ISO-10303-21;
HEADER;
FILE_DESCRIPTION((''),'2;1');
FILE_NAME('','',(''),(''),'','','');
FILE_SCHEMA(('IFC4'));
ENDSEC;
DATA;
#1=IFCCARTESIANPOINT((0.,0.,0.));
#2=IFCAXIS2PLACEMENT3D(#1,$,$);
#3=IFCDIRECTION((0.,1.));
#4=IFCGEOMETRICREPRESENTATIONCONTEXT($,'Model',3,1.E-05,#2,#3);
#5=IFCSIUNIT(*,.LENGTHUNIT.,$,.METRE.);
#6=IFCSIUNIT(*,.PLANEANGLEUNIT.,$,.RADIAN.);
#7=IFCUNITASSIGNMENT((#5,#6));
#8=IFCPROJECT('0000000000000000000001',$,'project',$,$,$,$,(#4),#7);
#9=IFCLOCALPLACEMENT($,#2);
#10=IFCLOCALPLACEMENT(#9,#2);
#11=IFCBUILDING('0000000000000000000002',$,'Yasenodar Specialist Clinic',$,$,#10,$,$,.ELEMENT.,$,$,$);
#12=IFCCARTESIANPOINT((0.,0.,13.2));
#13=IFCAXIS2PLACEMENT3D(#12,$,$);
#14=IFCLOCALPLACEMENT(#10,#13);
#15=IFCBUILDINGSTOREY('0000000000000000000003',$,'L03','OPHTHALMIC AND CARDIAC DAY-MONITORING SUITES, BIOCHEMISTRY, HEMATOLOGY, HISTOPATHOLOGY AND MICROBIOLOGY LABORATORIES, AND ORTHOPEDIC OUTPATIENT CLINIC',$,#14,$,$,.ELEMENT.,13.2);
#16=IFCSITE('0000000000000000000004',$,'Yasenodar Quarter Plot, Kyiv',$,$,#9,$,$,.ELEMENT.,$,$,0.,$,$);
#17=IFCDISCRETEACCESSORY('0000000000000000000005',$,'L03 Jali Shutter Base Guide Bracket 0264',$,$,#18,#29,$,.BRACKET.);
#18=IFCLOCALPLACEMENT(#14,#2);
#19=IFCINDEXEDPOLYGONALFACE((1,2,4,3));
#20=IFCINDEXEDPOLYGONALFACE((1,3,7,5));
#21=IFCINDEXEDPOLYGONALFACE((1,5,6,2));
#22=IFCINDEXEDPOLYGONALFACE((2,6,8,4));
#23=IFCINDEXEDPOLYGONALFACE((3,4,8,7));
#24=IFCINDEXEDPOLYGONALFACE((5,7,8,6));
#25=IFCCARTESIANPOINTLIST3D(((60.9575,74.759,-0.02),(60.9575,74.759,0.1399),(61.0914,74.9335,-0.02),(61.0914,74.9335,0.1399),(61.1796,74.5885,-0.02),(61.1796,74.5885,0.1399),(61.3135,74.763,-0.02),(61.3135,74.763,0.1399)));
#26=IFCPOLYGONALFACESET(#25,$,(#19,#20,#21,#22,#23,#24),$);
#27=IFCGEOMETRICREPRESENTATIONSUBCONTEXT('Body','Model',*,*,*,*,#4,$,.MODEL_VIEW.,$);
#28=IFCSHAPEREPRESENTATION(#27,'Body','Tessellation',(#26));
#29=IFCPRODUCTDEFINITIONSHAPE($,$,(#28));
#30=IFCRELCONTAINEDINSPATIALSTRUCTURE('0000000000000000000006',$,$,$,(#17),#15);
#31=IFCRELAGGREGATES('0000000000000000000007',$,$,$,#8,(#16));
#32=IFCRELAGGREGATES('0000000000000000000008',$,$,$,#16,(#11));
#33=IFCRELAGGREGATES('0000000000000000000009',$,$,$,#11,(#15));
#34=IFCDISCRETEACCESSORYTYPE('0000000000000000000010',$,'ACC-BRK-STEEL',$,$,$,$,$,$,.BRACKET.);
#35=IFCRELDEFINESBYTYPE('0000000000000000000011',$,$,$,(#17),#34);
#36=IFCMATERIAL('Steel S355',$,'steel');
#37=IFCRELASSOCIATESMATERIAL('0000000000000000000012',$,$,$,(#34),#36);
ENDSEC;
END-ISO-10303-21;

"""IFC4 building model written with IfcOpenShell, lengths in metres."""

from ifc_helpers import new_model, si_unit, direction, frame, origin, origin_2d, place, context, subcontext, project, spatial, rectangle, extrude, material, type_object, element, save


model = new_model("IFC4")

# Units and contexts
model_context = context("Model", 3, precision=1e-05, world=origin(), true_north=direction((0.0, 1.0)))
body_context = subcontext(model_context, "Body", "Model", "MODEL_VIEW")
ifc_project = project(units=[si_unit("LENGTHUNIT", "METRE"), si_unit("PLANEANGLEUNIT", "RADIAN")], contexts=[model_context])

# Site, building, storey
site_placement = place(None, origin())
site = spatial("IfcSite", under=ifc_project, at=site_placement, Name="Yasenodar Quarter Plot, Kyiv", CompositionType="ELEMENT", RefElevation=0.0)
building_placement = place(site_placement, origin())
building = spatial("IfcBuilding", under=site, at=building_placement, Name="Yasenodar Specialist Clinic", CompositionType="ELEMENT")
storey_placement = place(building_placement, frame((0.0, 0.0, 13.2)))
storey = spatial("IfcBuildingStorey", under=building, at=storey_placement, Name="L03", Description="OPHTHALMIC AND CARDIAC DAY-MONITORING SUITES, BIOCHEMISTRY, HEMATOLOGY, HISTOPATHOLOGY AND MICROBIOLOGY LABORATORIES, AND ORTHOPEDIC OUTPATIENT CLINIC", CompositionType="ELEMENT", Elevation=13.2)

# Discrete accessory
ifc_material_1 = material(Name="Steel S355", Category="steel")
discrete_accessory_type_1 = type_object("IfcDiscreteAccessoryType", Name="ACC-BRK-STEEL", PredefinedType="BRACKET", material=ifc_material_1)
for number, where, z_axis, x_axis, name in (
    (1, (61.1355, 74.761, -0.02), (0.0, 0.0, 1.0), (-0.608764, -0.793351, 0.0), "L03 Jali Shutter Base Guide Bracket 0264"),
):
    element("IfcDiscreteAccessory", number, at=place(storey_placement, frame(where, z_axis=z_axis, x_axis=x_axis)), inside=storey, type_object=discrete_accessory_type_1, Name=name, PredefinedType="BRACKET", context=body_context, shape_type="SweptSolid", body=[
        extrude(rectangle(XDim=0.22, YDim=0.28, at=origin_2d()), origin(), (0.0, 0.0, 1.0), 0.1599),
    ])

save(model, "model.ifc")
